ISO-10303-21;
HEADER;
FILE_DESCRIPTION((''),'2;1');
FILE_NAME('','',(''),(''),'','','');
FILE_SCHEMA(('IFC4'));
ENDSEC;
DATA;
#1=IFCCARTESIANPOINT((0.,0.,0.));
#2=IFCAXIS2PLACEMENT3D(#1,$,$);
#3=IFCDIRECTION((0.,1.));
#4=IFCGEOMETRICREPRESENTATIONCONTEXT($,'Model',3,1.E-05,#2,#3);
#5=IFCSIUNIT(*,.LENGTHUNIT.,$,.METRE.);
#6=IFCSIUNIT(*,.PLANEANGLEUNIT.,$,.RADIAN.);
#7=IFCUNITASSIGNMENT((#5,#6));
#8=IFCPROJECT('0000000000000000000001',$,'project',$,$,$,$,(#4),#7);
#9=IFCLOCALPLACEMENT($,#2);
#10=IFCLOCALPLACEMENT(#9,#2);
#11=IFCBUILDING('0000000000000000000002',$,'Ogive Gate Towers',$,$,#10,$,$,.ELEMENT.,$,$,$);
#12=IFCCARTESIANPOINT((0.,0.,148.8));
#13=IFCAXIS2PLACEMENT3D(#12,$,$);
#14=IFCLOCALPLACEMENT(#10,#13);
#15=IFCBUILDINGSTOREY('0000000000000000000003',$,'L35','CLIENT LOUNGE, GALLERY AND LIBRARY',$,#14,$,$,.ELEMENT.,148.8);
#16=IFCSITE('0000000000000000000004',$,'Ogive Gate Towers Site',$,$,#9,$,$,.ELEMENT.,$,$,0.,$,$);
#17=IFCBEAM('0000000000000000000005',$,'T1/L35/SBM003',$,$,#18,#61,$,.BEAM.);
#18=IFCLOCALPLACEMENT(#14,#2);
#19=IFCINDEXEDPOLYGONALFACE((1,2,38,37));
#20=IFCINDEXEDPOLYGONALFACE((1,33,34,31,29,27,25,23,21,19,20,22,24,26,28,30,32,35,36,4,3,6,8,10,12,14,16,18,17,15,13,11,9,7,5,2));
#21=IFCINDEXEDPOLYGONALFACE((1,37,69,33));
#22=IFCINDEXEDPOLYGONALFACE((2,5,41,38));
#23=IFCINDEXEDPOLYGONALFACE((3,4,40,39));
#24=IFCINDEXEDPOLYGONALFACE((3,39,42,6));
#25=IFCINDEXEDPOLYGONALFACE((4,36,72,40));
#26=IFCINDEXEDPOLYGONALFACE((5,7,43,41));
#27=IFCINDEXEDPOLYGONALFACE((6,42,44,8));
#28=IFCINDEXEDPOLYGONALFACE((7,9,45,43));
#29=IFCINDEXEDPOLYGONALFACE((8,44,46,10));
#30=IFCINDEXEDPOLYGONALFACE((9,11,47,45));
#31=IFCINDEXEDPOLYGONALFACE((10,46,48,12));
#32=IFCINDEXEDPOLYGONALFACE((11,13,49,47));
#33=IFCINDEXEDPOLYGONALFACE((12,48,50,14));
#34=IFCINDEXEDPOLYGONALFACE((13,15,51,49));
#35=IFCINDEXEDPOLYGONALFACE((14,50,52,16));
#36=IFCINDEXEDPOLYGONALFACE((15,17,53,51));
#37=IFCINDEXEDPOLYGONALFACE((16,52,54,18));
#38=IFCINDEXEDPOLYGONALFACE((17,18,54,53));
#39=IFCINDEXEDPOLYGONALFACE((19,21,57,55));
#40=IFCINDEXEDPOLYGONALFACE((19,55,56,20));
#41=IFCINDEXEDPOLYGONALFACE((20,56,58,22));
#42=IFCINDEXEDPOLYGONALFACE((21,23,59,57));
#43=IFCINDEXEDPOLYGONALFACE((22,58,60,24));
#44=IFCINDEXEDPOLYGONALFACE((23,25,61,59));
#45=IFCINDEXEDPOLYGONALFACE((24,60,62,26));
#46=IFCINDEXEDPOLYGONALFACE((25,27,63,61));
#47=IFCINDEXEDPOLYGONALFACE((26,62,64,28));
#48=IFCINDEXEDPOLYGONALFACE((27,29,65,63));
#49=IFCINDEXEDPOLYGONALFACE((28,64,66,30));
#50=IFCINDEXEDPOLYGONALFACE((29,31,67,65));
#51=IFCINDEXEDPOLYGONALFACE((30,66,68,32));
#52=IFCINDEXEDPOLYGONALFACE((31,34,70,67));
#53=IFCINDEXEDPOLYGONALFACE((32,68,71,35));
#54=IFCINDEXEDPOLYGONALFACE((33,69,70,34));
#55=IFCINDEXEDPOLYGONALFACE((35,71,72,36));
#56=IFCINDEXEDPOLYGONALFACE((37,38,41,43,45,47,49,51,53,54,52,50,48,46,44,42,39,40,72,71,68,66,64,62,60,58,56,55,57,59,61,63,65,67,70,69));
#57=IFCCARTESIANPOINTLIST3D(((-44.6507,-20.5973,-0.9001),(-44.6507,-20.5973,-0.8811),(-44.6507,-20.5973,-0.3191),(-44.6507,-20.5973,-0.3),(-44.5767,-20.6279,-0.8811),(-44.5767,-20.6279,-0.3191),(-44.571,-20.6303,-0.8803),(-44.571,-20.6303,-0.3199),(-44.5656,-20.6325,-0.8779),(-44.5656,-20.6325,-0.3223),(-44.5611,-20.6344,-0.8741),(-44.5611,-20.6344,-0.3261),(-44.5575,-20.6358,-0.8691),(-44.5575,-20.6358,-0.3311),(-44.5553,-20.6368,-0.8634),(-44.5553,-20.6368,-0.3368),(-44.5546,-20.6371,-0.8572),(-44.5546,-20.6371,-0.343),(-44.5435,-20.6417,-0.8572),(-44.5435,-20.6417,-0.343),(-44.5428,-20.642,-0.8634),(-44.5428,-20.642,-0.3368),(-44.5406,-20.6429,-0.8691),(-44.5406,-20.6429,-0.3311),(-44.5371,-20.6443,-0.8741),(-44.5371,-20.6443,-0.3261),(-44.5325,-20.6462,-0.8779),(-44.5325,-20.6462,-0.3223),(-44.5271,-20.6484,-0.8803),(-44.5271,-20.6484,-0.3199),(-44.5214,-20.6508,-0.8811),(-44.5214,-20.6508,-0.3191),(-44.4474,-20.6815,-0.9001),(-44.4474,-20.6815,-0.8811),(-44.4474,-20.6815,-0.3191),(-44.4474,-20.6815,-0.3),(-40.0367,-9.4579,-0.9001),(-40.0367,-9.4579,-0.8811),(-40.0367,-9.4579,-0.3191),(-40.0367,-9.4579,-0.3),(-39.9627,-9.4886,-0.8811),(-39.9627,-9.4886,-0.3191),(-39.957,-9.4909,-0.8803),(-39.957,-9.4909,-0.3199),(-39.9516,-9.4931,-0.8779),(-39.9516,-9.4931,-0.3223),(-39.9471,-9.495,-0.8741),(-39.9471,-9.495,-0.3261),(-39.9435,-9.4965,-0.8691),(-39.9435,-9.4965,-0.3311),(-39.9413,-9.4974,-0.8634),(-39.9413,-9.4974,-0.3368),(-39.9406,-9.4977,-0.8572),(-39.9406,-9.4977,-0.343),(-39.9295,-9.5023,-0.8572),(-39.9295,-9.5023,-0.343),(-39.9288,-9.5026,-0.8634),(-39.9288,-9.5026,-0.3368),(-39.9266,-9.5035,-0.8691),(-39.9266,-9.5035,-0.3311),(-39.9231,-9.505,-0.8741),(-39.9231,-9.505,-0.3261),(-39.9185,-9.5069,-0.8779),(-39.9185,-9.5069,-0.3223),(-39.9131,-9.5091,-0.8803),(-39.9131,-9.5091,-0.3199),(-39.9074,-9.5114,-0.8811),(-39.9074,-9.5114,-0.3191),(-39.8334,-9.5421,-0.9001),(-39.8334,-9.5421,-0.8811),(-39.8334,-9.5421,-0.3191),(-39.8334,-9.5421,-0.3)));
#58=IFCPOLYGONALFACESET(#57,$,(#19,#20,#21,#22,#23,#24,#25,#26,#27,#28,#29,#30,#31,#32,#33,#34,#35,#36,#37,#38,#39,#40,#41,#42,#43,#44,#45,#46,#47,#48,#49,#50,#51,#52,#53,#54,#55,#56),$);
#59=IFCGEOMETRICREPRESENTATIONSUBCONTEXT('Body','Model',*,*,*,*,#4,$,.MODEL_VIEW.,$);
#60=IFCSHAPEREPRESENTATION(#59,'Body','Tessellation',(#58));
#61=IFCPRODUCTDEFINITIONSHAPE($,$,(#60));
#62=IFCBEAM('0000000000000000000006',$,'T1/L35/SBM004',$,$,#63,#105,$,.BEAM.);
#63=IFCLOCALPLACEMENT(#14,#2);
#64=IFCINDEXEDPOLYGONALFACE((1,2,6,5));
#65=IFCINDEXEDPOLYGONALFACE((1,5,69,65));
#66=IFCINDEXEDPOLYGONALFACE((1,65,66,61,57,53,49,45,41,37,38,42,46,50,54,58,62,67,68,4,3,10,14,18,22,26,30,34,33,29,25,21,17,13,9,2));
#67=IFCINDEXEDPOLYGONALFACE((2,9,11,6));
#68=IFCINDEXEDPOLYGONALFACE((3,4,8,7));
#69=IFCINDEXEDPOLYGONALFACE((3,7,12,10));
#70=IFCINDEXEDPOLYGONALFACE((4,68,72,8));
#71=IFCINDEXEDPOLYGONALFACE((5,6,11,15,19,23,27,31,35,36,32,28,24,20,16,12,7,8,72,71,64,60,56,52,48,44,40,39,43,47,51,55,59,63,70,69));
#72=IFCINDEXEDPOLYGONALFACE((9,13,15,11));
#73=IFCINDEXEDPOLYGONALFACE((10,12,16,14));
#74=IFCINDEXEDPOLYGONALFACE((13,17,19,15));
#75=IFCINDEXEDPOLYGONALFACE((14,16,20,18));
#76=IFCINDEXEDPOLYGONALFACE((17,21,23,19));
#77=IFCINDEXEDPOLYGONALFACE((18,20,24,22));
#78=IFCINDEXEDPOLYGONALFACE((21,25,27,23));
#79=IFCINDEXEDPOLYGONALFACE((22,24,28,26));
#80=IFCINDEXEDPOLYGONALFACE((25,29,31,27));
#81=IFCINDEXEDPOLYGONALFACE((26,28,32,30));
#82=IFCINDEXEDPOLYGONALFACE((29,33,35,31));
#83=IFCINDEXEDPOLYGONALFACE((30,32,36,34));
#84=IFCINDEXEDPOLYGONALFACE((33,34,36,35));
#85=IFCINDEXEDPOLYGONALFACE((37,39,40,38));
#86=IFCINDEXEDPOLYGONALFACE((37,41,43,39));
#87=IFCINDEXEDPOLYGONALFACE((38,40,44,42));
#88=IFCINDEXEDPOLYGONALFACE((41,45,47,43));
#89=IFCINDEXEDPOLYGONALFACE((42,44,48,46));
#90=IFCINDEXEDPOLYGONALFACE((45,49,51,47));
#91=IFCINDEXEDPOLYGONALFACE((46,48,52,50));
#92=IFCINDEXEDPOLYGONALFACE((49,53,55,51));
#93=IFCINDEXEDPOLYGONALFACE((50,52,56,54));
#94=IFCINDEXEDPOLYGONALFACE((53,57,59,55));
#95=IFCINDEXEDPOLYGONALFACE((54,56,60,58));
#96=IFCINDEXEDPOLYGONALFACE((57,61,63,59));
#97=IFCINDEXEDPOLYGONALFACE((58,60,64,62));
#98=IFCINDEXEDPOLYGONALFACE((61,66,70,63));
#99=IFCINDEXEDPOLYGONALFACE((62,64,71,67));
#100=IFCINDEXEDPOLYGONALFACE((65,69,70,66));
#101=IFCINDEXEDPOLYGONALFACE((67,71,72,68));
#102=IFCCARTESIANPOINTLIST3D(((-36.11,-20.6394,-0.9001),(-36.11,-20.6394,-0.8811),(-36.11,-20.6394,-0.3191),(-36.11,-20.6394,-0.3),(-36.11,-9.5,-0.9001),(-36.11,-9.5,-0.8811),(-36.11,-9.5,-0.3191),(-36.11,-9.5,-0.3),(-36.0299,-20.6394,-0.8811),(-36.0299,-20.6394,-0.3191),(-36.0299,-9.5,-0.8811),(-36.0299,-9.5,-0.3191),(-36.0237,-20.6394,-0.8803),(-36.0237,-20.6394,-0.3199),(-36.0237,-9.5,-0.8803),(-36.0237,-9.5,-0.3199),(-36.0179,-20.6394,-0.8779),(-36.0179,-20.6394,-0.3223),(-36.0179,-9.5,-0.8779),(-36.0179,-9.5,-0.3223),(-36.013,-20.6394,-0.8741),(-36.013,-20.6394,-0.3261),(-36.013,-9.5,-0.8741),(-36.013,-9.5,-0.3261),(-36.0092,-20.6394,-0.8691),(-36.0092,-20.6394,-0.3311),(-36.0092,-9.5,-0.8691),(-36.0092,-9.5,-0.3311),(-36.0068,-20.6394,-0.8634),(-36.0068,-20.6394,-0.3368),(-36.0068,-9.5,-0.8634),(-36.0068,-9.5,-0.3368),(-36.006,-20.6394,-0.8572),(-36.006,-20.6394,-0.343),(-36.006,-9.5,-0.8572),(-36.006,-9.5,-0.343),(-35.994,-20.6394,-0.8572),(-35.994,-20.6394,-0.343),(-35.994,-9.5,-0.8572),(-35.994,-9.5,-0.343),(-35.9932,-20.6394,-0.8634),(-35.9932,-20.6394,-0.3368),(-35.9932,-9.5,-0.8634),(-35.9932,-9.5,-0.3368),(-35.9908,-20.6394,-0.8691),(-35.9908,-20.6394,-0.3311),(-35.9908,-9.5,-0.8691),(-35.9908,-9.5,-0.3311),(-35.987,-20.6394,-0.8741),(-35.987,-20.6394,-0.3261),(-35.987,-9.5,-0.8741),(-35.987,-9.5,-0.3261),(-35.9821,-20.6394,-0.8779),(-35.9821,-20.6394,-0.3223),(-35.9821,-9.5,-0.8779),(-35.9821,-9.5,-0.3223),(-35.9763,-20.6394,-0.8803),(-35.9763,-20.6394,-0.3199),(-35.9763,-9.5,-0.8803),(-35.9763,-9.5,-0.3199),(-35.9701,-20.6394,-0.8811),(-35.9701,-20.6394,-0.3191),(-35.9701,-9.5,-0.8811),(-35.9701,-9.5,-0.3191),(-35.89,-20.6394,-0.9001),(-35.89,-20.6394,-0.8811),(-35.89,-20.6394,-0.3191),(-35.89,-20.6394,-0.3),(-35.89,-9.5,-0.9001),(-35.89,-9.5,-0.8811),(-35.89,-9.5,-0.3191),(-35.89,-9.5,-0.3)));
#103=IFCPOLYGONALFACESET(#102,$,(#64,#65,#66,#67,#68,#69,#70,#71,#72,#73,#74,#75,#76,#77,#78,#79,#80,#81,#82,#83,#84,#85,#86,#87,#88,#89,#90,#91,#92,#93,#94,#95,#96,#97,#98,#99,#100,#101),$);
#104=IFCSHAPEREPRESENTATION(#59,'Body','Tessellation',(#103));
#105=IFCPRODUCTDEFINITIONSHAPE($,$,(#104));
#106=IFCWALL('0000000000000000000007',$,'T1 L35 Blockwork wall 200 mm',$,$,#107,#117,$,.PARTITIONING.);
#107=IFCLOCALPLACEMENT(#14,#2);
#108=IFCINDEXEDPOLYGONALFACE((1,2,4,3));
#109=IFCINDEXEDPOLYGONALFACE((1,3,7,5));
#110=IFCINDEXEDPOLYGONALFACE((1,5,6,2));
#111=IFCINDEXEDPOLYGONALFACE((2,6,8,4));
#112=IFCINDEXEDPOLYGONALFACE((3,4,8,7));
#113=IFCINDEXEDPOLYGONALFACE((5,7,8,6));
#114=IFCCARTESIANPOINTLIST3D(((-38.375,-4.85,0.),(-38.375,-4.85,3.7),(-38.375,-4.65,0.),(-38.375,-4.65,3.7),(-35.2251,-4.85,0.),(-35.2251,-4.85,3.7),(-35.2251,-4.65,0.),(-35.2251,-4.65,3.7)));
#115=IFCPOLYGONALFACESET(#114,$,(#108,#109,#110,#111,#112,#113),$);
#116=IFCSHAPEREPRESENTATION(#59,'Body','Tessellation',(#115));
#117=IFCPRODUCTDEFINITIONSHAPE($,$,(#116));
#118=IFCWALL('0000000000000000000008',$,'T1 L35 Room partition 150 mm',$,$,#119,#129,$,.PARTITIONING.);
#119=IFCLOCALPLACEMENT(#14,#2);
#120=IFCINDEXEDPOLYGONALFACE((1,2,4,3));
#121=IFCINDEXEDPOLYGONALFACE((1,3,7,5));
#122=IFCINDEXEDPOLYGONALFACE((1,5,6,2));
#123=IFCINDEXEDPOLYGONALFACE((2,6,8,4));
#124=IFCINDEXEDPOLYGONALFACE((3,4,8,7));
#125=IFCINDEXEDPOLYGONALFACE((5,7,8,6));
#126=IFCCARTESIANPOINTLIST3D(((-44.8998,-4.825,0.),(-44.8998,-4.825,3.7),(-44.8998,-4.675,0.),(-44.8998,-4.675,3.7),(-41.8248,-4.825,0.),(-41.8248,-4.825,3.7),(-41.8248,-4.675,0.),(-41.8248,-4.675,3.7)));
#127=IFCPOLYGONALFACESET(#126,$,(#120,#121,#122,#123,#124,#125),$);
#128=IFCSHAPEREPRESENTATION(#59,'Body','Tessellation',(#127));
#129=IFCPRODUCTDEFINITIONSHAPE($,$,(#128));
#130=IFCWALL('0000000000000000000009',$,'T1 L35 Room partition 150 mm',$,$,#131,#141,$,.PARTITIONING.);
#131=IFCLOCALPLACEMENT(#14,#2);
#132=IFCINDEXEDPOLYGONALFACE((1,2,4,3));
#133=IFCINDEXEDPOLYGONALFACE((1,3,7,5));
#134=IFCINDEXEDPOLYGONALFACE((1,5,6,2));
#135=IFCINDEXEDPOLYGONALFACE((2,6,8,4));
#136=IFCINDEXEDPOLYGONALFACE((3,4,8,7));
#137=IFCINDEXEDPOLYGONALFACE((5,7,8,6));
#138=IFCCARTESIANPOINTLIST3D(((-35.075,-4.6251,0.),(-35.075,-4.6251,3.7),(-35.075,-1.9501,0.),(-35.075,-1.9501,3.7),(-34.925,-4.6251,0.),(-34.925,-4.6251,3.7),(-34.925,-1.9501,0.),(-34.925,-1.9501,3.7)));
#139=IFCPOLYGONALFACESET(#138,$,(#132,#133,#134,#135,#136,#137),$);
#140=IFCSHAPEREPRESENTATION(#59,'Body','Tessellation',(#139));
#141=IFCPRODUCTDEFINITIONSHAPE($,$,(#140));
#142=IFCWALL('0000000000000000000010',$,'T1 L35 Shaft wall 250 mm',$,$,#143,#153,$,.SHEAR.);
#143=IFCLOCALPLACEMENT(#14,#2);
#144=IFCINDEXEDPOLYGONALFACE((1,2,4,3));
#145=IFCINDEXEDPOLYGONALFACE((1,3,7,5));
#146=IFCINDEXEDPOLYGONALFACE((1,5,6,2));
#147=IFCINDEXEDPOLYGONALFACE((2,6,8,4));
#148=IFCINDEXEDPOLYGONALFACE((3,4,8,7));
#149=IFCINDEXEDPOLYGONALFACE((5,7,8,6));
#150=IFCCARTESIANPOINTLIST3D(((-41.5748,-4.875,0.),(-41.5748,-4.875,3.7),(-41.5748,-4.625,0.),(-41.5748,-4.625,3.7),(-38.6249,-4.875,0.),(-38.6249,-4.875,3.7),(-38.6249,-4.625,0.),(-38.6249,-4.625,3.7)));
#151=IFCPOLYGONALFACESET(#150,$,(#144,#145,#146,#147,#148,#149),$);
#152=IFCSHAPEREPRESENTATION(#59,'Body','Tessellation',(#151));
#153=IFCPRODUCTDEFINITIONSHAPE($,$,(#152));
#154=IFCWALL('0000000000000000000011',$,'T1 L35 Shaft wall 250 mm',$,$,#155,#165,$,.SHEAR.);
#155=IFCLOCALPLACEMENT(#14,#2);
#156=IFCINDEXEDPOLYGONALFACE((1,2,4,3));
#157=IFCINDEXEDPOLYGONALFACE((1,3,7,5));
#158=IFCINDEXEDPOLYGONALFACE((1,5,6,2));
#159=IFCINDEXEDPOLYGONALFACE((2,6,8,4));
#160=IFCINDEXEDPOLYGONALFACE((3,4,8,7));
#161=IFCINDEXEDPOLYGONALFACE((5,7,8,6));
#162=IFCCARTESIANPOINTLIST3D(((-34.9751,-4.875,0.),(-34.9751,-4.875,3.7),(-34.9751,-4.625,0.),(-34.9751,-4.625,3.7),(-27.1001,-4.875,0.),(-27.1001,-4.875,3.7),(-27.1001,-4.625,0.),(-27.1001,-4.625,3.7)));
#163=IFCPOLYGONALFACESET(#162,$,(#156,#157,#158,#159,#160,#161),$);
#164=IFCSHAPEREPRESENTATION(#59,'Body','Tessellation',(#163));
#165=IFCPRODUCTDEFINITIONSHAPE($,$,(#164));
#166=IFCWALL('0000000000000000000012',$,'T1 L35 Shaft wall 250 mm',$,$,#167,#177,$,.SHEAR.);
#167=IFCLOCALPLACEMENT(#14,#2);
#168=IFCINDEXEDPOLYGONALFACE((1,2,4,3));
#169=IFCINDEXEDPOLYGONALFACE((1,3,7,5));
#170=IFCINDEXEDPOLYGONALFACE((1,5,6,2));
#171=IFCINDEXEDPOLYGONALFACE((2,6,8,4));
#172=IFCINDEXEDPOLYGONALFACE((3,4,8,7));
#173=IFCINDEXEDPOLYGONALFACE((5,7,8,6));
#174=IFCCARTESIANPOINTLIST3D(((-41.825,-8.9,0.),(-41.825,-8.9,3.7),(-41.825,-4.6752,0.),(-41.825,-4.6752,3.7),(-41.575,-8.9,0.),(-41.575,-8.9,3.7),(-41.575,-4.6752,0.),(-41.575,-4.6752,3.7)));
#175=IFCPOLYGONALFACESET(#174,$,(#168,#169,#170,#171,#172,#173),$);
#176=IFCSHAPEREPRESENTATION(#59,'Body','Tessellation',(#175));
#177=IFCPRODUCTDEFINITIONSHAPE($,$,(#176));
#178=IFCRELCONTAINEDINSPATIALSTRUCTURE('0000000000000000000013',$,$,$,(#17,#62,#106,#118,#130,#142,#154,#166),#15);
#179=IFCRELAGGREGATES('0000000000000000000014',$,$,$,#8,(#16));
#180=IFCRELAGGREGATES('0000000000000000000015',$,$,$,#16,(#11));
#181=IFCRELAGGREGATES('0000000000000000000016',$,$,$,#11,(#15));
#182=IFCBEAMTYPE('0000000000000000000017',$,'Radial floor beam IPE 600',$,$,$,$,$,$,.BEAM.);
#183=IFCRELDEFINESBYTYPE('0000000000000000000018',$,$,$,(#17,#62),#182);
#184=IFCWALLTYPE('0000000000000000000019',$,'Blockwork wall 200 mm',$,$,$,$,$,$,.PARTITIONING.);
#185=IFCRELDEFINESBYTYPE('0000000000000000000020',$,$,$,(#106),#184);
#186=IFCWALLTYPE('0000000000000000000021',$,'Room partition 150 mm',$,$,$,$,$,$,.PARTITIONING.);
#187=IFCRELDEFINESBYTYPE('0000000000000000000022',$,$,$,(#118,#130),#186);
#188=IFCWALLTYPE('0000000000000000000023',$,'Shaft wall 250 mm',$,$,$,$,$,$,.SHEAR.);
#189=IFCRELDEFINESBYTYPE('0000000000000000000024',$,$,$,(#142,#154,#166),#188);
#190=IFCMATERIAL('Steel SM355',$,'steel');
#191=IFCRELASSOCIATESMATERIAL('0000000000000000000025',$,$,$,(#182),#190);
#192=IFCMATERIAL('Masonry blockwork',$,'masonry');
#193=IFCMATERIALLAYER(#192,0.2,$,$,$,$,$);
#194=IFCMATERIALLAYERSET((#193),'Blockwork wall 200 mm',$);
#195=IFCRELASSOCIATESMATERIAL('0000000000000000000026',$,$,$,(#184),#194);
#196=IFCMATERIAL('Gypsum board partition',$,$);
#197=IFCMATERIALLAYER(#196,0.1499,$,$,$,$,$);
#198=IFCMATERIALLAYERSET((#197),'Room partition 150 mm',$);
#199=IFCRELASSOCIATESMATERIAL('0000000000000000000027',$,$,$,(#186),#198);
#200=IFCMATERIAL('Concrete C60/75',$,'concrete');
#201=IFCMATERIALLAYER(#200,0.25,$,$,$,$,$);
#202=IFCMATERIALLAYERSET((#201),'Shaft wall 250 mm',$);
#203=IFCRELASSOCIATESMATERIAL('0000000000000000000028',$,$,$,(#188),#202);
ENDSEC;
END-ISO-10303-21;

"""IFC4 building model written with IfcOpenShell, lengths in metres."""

from ifc_helpers import new_model, si_unit, direction, frame, frame_2d, origin, origin_2d, place, context, subcontext, project, spatial, rectangle, i_section, extrude, material, layer, layer_set, material_profile, profile_set, type_object, element, save


model = new_model("IFC4")

# Units and contexts
model_context = context("Model", 3, precision=1e-05, world=origin(), true_north=direction((0.0, 1.0)))
body_context = subcontext(model_context, "Body", "Model", "MODEL_VIEW")
ifc_project = project(units=[si_unit("LENGTHUNIT", "METRE"), si_unit("PLANEANGLEUNIT", "RADIAN")], contexts=[model_context])

# Site, building, storey
site_placement = place(None, origin())
site = spatial("IfcSite", under=ifc_project, at=site_placement, Name="Ogive Gate Towers Site", CompositionType="ELEMENT", RefElevation=0.0)
building_placement = place(site_placement, origin())
building = spatial("IfcBuilding", under=site, at=building_placement, Name="Ogive Gate Towers", CompositionType="ELEMENT")
storey_placement = place(building_placement, frame((0.0, 0.0, 148.8)))
storey = spatial("IfcBuildingStorey", under=building, at=storey_placement, Name="L35", Description="CLIENT LOUNGE, GALLERY AND LIBRARY", CompositionType="ELEMENT", Elevation=148.8)

# Beams
ifc_material_1 = material(Name="Steel SM355", Category="steel")
ifc_material_profile = material_profile(ifc_material_1, i_section(OverallWidth=0.22, OverallDepth=0.6001, WebThickness=0.012, FlangeThickness=0.019, FilletRadius=0.0239, at=origin_2d()), Name="IPE 600")
ifc_profile_set = profile_set([ifc_material_profile], Name="Steel SM355")
beam_type = type_object("IfcBeamType", Name="Radial floor beam IPE 600", PredefinedType="BEAM", material=ifc_profile_set)
beam_1_placement = place(storey_placement, frame((-39.9351, -9.5, -0.6001), z_axis=(-0.382678, -0.923882, 0.0), x_axis=(0.923882, -0.382678, 0.0)))
element("IfcBeam", 1, at=beam_1_placement, inside=storey, type_object=beam_type, Name="T1/L35/SBM003", PredefinedType="BEAM", context=body_context, shape_type="SweptSolid", body=[
    extrude(i_section(OverallWidth=0.22, OverallDepth=0.6001, WebThickness=0.012, FlangeThickness=0.019, FilletRadius=0.0239, at=origin_2d()), origin(), (0.0, 0.0, 1.0), 12.0571),
])
beam_2_placement = place(storey_placement, frame((-36.0, -9.5, -0.6001), z_axis=(0.0, -1.0, 0.0), x_axis=(1.0, 0.0, 0.0)))
element("IfcBeam", 2, at=beam_2_placement, inside=storey, type_object=beam_type, Name="T1/L35/SBM004", PredefinedType="BEAM", context=body_context, shape_type="SweptSolid", body=[
    extrude(i_section(OverallWidth=0.22, OverallDepth=0.6001, WebThickness=0.012, FlangeThickness=0.019, FilletRadius=0.0239, at=origin_2d()), origin(), (0.0, 0.0, 1.0), 11.1394),
])

# Walls
ifc_material_2 = material(Name="Masonry blockwork", Category="masonry")
ifc_layer_1 = layer(ifc_material_2, 0.2)
ifc_layer_set_1 = layer_set([ifc_layer_1], Name="Blockwork wall 200 mm")
wall_type_1 = type_object("IfcWallType", Name="Blockwork wall 200 mm", PredefinedType="PARTITIONING", material=ifc_layer_set_1)
wall_1_placement = place(storey_placement, frame((-38.375, -4.75, 0.0), z_axis=(0.0, 0.0, 1.0), x_axis=(1.0, 0.0, 0.0)))
element("IfcWall", 3, at=wall_1_placement, inside=storey, type_object=wall_type_1, Name="T1 L35 Blockwork wall 200 mm", PredefinedType="PARTITIONING", context=body_context, shape_type="SweptSolid", body=[
    extrude(rectangle(XDim=3.1499, YDim=0.2, at=frame_2d((1.575, 0.0))), origin(), (0.0, 0.0, 1.0), 3.7),
])
ifc_material_3 = material(Name="Gypsum board partition")
ifc_layer_2 = layer(ifc_material_3, 0.1499)
ifc_layer_set_2 = layer_set([ifc_layer_2], Name="Room partition 150 mm")
wall_type_2 = type_object("IfcWallType", Name="Room partition 150 mm", PredefinedType="PARTITIONING", material=ifc_layer_set_2)
wall_2_placement = place(storey_placement, frame((-44.8999, -4.75, 0.0), z_axis=(0.0, 0.0, 1.0), x_axis=(1.0, 0.0, 0.0)))
element("IfcWall", 4, at=wall_2_placement, inside=storey, type_object=wall_type_2, Name="T1 L35 Room partition 150 mm", PredefinedType="PARTITIONING", context=body_context, shape_type="SweptSolid", body=[
    extrude(rectangle(XDim=3.075, YDim=0.1499, at=frame_2d((1.5376, 0.0))), origin(), (0.0, 0.0, 1.0), 3.7),
])
wall_3_placement = place(storey_placement, frame((-35.0, -4.625, 0.0), z_axis=(0.0, 0.0, 1.0), x_axis=(0.0, 1.0, 0.0)))
element("IfcWall", 5, at=wall_3_placement, inside=storey, type_object=wall_type_2, Name="T1 L35 Room partition 150 mm", PredefinedType="PARTITIONING", context=body_context, shape_type="SweptSolid", body=[
    extrude(rectangle(XDim=2.675, YDim=0.1499, at=frame_2d((1.3374, 0.0))), origin(), (0.0, 0.0, 1.0), 3.7),
])
ifc_material_4 = material(Name="Concrete C60/75", Category="concrete")
ifc_layer_3 = layer(ifc_material_4, 0.25)
ifc_layer_set_3 = layer_set([ifc_layer_3], Name="Shaft wall 250 mm")
wall_type_3 = type_object("IfcWallType", Name="Shaft wall 250 mm", PredefinedType="SHEAR", material=ifc_layer_set_3)
wall_4_placement = place(storey_placement, frame((-41.575, -4.75, 0.0), z_axis=(0.0, 0.0, 1.0), x_axis=(1.0, 0.0, 0.0)))
element("IfcWall", 6, at=wall_4_placement, inside=storey, type_object=wall_type_3, Name="T1 L35 Shaft wall 250 mm", PredefinedType="SHEAR", context=body_context, shape_type="SweptSolid", body=[
    extrude(rectangle(XDim=2.95, YDim=0.25, at=frame_2d((1.4751, 0.0))), origin(), (0.0, 0.0, 1.0), 3.7),
])
wall_5_placement = place(storey_placement, frame((-34.9751, -4.75, 0.0), z_axis=(0.0, 0.0, 1.0), x_axis=(1.0, 0.0, 0.0)))
element("IfcWall", 7, at=wall_5_placement, inside=storey, type_object=wall_type_3, Name="T1 L35 Shaft wall 250 mm", PredefinedType="SHEAR", context=body_context, shape_type="SweptSolid", body=[
    extrude(rectangle(XDim=7.875, YDim=0.25, at=frame_2d((3.9375, 0.0))), origin(), (0.0, 0.0, 1.0), 3.7),
])
wall_6_placement = place(storey_placement, frame((-41.7, -8.8999, 0.0), z_axis=(0.0, 0.0, 1.0), x_axis=(0.0, 1.0, 0.0)))
element("IfcWall", 8, at=wall_6_placement, inside=storey, type_object=wall_type_3, Name="T1 L35 Shaft wall 250 mm", PredefinedType="SHEAR", context=body_context, shape_type="SweptSolid", body=[
    extrude(rectangle(XDim=4.2249, YDim=0.25, at=frame_2d((2.1123, 0.0))), origin(), (0.0, 0.0, 1.0), 3.7),
])

save(model, "model.ifc")
